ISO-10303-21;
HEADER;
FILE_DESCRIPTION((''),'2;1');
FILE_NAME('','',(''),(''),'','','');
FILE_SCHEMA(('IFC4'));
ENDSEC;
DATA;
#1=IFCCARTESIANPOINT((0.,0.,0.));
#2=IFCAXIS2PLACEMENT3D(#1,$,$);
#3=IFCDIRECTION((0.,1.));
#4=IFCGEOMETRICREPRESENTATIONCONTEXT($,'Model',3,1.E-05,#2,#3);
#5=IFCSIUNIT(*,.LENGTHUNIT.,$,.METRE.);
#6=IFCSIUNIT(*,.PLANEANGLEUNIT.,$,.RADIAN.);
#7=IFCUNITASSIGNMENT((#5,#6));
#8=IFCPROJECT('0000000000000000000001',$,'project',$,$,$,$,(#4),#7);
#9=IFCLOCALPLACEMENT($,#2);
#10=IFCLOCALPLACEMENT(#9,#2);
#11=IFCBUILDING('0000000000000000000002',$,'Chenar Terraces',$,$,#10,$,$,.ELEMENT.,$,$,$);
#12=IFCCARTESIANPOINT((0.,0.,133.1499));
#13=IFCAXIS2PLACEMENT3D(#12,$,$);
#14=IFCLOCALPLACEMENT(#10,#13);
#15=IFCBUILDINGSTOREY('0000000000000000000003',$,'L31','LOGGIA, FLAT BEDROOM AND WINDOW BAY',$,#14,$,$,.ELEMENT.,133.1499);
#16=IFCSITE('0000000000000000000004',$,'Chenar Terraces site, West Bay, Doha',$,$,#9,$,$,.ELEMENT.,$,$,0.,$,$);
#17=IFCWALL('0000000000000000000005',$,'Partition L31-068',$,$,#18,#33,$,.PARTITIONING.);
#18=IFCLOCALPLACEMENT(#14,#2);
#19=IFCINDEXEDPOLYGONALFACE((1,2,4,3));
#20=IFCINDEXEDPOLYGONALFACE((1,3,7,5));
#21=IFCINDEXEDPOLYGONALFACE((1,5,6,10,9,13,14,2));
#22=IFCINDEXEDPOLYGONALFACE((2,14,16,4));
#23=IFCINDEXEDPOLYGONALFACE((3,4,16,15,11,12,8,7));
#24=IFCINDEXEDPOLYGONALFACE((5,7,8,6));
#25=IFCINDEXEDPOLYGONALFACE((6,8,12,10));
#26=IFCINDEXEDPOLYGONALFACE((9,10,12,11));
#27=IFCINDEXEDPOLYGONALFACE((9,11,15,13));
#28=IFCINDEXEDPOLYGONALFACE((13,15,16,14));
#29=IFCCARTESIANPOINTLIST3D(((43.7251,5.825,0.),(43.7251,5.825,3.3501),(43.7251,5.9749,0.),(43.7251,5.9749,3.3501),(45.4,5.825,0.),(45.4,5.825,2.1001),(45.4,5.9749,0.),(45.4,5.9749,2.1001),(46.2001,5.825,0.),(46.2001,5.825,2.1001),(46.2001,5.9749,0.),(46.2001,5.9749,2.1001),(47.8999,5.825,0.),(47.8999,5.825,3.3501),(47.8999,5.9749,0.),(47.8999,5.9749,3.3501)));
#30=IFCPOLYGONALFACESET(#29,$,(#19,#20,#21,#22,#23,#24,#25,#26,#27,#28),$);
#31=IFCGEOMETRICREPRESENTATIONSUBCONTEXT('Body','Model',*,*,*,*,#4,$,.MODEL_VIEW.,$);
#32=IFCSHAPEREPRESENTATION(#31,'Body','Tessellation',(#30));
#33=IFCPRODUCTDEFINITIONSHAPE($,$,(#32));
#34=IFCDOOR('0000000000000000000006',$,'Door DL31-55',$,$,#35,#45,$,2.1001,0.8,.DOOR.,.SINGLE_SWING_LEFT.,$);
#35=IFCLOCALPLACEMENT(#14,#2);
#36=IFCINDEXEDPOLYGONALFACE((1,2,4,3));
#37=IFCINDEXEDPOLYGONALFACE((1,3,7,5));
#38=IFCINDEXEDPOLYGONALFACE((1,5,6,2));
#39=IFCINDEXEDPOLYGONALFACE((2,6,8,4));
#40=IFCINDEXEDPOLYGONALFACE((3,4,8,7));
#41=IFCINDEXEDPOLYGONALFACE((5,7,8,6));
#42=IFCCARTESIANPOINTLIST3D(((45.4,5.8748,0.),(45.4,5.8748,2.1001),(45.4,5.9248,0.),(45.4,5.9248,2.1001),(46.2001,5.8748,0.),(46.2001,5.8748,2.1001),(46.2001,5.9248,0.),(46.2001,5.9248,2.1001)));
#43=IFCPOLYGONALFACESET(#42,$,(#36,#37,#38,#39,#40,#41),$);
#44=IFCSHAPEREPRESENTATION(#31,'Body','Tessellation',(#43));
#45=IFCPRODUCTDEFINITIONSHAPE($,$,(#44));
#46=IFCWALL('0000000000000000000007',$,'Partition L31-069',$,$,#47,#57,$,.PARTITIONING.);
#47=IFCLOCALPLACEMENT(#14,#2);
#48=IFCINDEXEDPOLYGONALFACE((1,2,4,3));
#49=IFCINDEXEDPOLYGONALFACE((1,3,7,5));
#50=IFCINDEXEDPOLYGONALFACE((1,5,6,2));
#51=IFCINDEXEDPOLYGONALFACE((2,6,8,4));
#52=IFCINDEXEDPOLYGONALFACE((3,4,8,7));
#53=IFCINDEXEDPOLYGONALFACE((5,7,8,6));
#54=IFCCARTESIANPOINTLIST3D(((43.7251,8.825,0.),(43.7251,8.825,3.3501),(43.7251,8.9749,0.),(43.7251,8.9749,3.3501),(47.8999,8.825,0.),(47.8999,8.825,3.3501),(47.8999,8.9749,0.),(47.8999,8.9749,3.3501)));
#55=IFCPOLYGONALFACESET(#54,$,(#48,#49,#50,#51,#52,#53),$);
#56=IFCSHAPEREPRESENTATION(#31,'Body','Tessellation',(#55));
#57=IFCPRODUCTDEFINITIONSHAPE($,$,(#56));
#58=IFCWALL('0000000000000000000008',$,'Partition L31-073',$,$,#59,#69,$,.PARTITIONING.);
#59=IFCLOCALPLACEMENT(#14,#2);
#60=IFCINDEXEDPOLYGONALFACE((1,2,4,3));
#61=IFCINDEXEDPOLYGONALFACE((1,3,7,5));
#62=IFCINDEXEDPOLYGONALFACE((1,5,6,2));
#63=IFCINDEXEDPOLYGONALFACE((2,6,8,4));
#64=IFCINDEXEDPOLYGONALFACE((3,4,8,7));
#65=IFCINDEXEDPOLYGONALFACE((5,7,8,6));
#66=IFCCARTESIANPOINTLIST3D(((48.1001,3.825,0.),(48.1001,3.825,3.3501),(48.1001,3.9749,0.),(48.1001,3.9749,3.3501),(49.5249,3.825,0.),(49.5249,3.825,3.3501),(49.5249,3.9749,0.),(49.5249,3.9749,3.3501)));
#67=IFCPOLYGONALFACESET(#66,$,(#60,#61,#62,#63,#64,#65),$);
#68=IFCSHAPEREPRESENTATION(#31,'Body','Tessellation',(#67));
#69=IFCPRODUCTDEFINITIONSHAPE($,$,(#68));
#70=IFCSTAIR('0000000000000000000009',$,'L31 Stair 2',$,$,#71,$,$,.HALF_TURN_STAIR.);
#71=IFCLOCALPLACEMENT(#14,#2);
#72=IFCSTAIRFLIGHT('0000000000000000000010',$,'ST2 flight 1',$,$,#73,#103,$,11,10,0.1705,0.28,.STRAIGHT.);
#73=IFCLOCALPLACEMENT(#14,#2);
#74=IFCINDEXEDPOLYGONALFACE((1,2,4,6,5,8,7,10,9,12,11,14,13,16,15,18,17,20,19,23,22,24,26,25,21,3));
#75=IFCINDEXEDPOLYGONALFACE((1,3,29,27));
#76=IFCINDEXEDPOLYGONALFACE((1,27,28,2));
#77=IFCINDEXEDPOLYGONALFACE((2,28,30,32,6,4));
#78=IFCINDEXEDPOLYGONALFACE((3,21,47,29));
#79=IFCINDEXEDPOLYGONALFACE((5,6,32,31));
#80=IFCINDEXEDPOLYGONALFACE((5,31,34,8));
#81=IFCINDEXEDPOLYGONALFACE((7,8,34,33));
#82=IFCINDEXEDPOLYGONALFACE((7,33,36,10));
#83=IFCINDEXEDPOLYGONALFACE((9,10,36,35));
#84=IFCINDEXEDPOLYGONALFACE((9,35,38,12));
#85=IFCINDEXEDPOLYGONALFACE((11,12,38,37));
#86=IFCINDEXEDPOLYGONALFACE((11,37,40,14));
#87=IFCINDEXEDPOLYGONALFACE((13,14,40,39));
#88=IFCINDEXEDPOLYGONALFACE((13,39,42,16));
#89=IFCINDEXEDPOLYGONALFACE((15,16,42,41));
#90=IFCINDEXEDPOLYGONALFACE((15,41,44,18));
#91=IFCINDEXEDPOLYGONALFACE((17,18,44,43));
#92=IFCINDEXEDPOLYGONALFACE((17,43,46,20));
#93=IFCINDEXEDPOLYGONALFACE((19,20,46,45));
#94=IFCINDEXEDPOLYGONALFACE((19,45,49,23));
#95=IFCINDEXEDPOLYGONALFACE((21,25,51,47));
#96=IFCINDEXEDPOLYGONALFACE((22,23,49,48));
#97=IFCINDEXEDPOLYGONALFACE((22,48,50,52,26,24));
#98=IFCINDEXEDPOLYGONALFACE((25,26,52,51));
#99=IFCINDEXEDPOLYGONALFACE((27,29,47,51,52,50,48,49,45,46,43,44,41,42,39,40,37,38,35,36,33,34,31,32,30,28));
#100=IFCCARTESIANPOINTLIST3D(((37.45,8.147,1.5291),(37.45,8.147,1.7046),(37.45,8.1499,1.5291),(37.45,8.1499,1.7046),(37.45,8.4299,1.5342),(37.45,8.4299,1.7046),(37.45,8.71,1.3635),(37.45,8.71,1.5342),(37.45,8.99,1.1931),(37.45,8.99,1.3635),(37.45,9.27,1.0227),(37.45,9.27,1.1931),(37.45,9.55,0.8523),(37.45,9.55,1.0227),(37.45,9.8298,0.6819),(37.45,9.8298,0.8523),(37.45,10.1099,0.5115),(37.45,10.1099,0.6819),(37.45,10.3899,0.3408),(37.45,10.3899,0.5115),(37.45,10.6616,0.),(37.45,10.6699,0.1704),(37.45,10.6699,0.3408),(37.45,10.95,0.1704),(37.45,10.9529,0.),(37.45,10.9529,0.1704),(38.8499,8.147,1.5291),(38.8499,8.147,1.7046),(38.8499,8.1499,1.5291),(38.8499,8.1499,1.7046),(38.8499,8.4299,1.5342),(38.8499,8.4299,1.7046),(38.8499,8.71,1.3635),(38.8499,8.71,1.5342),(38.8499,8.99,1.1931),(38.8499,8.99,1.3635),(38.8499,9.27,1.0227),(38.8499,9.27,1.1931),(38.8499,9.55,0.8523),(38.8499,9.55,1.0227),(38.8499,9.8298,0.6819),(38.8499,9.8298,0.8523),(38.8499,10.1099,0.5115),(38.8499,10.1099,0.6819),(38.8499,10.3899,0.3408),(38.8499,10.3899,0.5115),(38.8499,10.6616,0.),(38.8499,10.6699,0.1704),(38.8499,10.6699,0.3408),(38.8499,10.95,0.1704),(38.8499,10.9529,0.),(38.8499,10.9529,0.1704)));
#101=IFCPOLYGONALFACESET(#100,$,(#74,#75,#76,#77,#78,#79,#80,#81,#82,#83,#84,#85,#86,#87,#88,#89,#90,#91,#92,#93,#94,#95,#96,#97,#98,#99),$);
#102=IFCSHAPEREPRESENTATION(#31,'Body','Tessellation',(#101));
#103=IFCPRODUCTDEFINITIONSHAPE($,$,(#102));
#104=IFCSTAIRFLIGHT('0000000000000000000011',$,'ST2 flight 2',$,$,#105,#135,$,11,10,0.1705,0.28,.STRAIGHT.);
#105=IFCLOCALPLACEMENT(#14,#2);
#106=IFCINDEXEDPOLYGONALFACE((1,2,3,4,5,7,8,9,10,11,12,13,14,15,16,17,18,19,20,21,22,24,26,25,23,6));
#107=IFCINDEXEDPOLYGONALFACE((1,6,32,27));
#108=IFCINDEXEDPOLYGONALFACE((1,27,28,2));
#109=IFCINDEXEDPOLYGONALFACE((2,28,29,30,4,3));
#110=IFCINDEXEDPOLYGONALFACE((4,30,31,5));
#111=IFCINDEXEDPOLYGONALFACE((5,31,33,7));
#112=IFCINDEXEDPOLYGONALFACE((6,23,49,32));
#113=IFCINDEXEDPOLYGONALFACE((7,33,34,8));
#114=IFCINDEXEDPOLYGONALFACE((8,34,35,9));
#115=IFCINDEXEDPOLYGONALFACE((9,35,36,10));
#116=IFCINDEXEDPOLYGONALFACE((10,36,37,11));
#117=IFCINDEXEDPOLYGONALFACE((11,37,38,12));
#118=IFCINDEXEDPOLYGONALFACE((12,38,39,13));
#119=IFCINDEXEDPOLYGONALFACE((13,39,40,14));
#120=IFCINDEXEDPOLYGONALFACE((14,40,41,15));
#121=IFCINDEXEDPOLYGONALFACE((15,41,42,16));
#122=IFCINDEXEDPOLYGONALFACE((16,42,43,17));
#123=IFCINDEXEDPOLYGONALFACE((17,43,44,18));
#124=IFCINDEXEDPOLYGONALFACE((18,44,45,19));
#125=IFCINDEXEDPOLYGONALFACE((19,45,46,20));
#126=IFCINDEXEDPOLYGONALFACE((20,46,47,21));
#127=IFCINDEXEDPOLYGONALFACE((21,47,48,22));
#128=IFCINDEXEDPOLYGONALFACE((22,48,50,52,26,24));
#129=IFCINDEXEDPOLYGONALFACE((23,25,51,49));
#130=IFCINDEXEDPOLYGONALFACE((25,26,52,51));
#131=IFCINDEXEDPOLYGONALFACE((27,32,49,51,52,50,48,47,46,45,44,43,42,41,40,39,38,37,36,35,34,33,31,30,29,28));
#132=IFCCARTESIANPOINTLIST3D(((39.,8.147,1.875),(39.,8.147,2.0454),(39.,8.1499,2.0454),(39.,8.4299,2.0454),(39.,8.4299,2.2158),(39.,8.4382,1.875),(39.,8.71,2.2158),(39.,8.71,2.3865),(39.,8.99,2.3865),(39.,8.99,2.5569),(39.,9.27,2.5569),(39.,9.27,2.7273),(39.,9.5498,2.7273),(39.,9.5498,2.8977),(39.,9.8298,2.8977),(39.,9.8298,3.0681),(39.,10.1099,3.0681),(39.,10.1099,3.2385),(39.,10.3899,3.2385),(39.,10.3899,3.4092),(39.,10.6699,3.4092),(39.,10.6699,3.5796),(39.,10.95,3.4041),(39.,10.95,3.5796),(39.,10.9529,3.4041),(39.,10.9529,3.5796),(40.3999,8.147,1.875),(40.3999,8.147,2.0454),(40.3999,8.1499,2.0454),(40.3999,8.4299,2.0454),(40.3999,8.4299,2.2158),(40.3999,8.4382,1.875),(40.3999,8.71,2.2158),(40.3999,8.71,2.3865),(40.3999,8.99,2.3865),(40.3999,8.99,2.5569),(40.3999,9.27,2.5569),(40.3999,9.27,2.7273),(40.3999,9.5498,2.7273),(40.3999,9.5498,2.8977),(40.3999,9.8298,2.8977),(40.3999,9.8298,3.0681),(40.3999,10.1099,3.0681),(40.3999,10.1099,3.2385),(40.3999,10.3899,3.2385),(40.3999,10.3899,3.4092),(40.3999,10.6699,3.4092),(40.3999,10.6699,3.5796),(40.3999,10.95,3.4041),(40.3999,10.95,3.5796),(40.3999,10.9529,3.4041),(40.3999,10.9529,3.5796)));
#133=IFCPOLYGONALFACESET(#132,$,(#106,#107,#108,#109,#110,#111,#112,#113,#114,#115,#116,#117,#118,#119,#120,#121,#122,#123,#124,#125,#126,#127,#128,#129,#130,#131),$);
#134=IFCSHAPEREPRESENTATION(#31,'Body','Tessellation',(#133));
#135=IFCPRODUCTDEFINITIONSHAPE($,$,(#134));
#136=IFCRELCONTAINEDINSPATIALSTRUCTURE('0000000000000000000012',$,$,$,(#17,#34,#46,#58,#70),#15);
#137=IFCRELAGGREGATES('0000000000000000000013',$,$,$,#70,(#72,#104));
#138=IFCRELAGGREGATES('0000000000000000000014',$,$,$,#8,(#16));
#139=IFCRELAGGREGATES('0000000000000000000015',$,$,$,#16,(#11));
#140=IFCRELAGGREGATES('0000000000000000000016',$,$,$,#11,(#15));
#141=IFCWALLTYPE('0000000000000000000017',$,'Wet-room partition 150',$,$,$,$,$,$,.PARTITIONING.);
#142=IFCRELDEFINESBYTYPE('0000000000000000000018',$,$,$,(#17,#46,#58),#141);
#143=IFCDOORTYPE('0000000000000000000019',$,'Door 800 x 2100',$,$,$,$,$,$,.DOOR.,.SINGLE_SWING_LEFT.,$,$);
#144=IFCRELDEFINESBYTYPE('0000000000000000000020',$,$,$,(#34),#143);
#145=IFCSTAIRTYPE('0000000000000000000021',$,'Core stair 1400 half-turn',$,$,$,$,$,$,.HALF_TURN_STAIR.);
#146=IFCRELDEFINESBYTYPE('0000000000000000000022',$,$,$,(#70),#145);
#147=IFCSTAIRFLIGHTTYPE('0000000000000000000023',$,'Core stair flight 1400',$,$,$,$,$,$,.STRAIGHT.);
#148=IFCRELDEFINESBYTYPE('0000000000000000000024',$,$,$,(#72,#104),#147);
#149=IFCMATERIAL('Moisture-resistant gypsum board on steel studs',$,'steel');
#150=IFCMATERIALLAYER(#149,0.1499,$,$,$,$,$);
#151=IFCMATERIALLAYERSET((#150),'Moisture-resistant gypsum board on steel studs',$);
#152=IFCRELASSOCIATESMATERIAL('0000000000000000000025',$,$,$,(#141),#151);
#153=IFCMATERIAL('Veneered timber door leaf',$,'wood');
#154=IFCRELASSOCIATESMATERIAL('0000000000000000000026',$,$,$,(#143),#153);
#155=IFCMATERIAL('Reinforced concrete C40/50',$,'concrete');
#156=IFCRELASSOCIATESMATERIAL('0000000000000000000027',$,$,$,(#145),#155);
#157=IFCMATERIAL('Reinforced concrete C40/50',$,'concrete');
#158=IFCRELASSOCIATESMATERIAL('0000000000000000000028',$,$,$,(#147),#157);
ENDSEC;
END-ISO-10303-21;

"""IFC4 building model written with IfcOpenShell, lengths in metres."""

from ifc_helpers import new_model, si_unit, direction, frame, frame_2d, origin, place, context, subcontext, project, spatial, polyline, rectangle, outline, extrude, material, layer, layer_set, type_object, element, fill, aggregate, save


model = new_model("IFC4")

# Units and contexts
model_context = context("Model", 3, precision=1e-05, world=origin(), true_north=direction((0.0, 1.0)))
body_context = subcontext(model_context, "Body", "Model", "MODEL_VIEW")
ifc_project = project(units=[si_unit("LENGTHUNIT", "METRE"), si_unit("PLANEANGLEUNIT", "RADIAN")], contexts=[model_context])

# Site, building, storey
site_placement = place(None, origin())
site = spatial("IfcSite", under=ifc_project, at=site_placement, Name="Chenar Terraces site, West Bay, Doha", CompositionType="ELEMENT", RefElevation=0.0)
building_placement = place(site_placement, origin())
building = spatial("IfcBuilding", under=site, at=building_placement, Name="Chenar Terraces", CompositionType="ELEMENT")
storey_placement = place(building_placement, frame((0.0, 0.0, 133.1499)))
storey = spatial("IfcBuildingStorey", under=building, at=storey_placement, Name="L31", Description="LOGGIA, FLAT BEDROOM AND WINDOW BAY", CompositionType="ELEMENT", Elevation=133.1499)

# Wall, opening, door
ifc_material_1 = material(Name="Moisture-resistant gypsum board on steel studs", Category="steel")
ifc_layer_1 = layer(ifc_material_1, 0.1499)
ifc_layer_set_1 = layer_set([ifc_layer_1], Name="Moisture-resistant gypsum board on steel studs")
wall_type_1 = type_object("IfcWallType", Name="Wet-room partition 150", PredefinedType="PARTITIONING", material=ifc_layer_set_1)
wall_1_placement = place(storey_placement, frame((43.7251, 5.8999, 0.0), z_axis=(0.0, 0.0, 1.0), x_axis=(1.0, 0.0, 0.0)))
wall_1 = element("IfcWall", 1, at=wall_1_placement, inside=storey, type_object=wall_type_1, Name="Partition L31-068", PredefinedType="PARTITIONING", context=body_context, shape_type="SweptSolid", body=[
    extrude(rectangle(XDim=4.1748, YDim=0.1499, at=frame_2d((2.0874, 0.0))), origin(), (0.0, 0.0, 1.0), 3.3501),
])
opening_1_placement = place(wall_1_placement, frame((1.675, 0.0, 0.0)))
opening_1 = element("IfcOpeningElement", 2, at=opening_1_placement, cuts=wall_1, PredefinedType="OPENING", context=body_context, shape_type="SweptSolid", body=[
    extrude(rectangle(XDim=0.8, YDim=2.1001, at=frame_2d((0.3999, 1.05))), frame((0.0, 0.085, 0.0), z_axis=(0.0, -1.0, 0.0), x_axis=(1.0, 0.0, 0.0)), (0.0, 0.0, 1.0), 0.1699),
])
ifc_material_2 = material(Name="Veneered timber door leaf", Category="wood")
door_type_1 = type_object("IfcDoorType", Name="Door 800 x 2100", OperationType="SINGLE_SWING_LEFT", PredefinedType="DOOR", material=ifc_material_2)
door_1_placement = place(opening_1_placement, origin())
door_1 = element("IfcDoor", 3, at=door_1_placement, inside=storey, type_object=door_type_1, Name="Door DL31-55", OperationType="SINGLE_SWING_LEFT", OverallHeight=2.1001, OverallWidth=0.8, PredefinedType="DOOR", context=body_context, shape_type="SweptSolid", body=[
    extrude(rectangle(XDim=0.8, YDim=2.1001, at=frame_2d((0.3999, 1.05))), frame((0.0, 0.0249, 0.0), z_axis=(0.0, -1.0, 0.0), x_axis=(1.0, 0.0, 0.0)), (0.0, 0.0, 1.0), 0.05),
])
fill(opening_1, door_1)

# Walls
wall_2_placement = place(storey_placement, frame((43.7251, 8.8999, 0.0), z_axis=(0.0, 0.0, 1.0), x_axis=(1.0, 0.0, 0.0)))
element("IfcWall", 4, at=wall_2_placement, inside=storey, type_object=wall_type_1, Name="Partition L31-069", PredefinedType="PARTITIONING", context=body_context, shape_type="SweptSolid", body=[
    extrude(rectangle(XDim=4.1748, YDim=0.1499, at=frame_2d((2.0874, 0.0))), origin(), (0.0, 0.0, 1.0), 3.3501),
])
wall_3_placement = place(storey_placement, frame((48.1001, 3.8999, 0.0), z_axis=(0.0, 0.0, 1.0), x_axis=(1.0, 0.0, 0.0)))
element("IfcWall", 5, at=wall_3_placement, inside=storey, type_object=wall_type_1, Name="Partition L31-073", PredefinedType="PARTITIONING", context=body_context, shape_type="SweptSolid", body=[
    extrude(rectangle(XDim=1.4248, YDim=0.1499, at=frame_2d((0.7124, 0.0))), origin(), (0.0, 0.0, 1.0), 3.3501),
])

# Stair, stair flights
ifc_material_3 = material(Name="Reinforced concrete C40/50", Category="concrete")
stair_type = type_object("IfcStairType", Name="Core stair 1400 half-turn", PredefinedType="HALF_TURN_STAIR", material=ifc_material_3)
stair_placement = place(storey_placement, origin())
stair = element("IfcStair", 6, at=stair_placement, inside=storey, type_object=stair_type, Name="L31 Stair 2", PredefinedType="HALF_TURN_STAIR")
ifc_material_4 = material(Name="Reinforced concrete C40/50", Category="concrete")
stair_flight_type = type_object("IfcStairFlightType", Name="Core stair flight 1400", PredefinedType="STRAIGHT", material=ifc_material_4)
stair_flight_1_placement = place(storey_placement, frame((38.1499, 10.95, 0.0), z_axis=(0.0, 0.0, 1.0), x_axis=(0.0, -1.0, 0.0)))
stair_flight_1 = element("IfcStairFlight", 7, at=stair_flight_1_placement, type_object=stair_flight_type, Name="ST2 flight 1", NumberOfRisers=11, NumberOfTreads=10, PredefinedType="STRAIGHT", RiserHeight=0.1705, TreadLength=0.28, context=body_context, shape_type="SweptSolid", body=[
    extrude(outline(polyline([(-0.0029, 0.0), (-0.0029, 0.1704), (0.0, 0.1704), (0.28, 0.1704), (0.28, 0.3408), (0.5601, 0.3408), (0.5601, 0.5115), (0.8401, 0.5115), (0.8401, 0.6819), (1.1201, 0.6819), (1.1201, 0.8523), (1.3999, 0.8523), (1.3999, 1.0227), (1.6799, 1.0227), (1.6799, 1.1931), (1.96, 1.1931), (1.96, 1.3635), (2.24, 1.3635), (2.24, 1.5342), (2.52, 1.5342), (2.52, 1.7046), (2.8, 1.7046), (2.803, 1.7046), (2.803, 1.5291), (2.8, 1.5291), (0.2883, 0.0), (-0.0029, 0.0)])), frame((0.0, 0.7, 0.0), z_axis=(0.0, -1.0, 0.0), x_axis=(1.0, 0.0, 0.0)), (0.0, 0.0, 1.0), 1.3999),
])
stair_flight_2_placement = place(storey_placement, frame((39.7, 8.1499, 1.875), z_axis=(0.0, 0.0, 1.0), x_axis=(0.0, 1.0, 0.0)))
stair_flight_2 = element("IfcStairFlight", 8, at=stair_flight_2_placement, type_object=stair_flight_type, Name="ST2 flight 2", NumberOfRisers=11, NumberOfTreads=10, PredefinedType="STRAIGHT", RiserHeight=0.1705, TreadLength=0.28, context=body_context, shape_type="SweptSolid", body=[
    extrude(outline(polyline([(-0.0029, 0.0), (-0.0029, 0.1704), (0.0, 0.1704), (0.28, 0.1704), (0.28, 0.3408), (0.5601, 0.3408), (0.5601, 0.5115), (0.8401, 0.5115), (0.8401, 0.6819), (1.1201, 0.6819), (1.1201, 0.8523), (1.3999, 0.8523), (1.3999, 1.0227), (1.6799, 1.0227), (1.6799, 1.1931), (1.96, 1.1931), (1.96, 1.3635), (2.24, 1.3635), (2.24, 1.5342), (2.52, 1.5342), (2.52, 1.7046), (2.8, 1.7046), (2.803, 1.7046), (2.803, 1.5291), (2.8, 1.5291), (0.2883, 0.0), (-0.0029, 0.0)])), frame((0.0, 0.7, 0.0), z_axis=(0.0, -1.0, 0.0), x_axis=(1.0, 0.0, 0.0)), (0.0, 0.0, 1.0), 1.3999),
])
aggregate(stair, [stair_flight_1, stair_flight_2])

save(model, "model.ifc")
